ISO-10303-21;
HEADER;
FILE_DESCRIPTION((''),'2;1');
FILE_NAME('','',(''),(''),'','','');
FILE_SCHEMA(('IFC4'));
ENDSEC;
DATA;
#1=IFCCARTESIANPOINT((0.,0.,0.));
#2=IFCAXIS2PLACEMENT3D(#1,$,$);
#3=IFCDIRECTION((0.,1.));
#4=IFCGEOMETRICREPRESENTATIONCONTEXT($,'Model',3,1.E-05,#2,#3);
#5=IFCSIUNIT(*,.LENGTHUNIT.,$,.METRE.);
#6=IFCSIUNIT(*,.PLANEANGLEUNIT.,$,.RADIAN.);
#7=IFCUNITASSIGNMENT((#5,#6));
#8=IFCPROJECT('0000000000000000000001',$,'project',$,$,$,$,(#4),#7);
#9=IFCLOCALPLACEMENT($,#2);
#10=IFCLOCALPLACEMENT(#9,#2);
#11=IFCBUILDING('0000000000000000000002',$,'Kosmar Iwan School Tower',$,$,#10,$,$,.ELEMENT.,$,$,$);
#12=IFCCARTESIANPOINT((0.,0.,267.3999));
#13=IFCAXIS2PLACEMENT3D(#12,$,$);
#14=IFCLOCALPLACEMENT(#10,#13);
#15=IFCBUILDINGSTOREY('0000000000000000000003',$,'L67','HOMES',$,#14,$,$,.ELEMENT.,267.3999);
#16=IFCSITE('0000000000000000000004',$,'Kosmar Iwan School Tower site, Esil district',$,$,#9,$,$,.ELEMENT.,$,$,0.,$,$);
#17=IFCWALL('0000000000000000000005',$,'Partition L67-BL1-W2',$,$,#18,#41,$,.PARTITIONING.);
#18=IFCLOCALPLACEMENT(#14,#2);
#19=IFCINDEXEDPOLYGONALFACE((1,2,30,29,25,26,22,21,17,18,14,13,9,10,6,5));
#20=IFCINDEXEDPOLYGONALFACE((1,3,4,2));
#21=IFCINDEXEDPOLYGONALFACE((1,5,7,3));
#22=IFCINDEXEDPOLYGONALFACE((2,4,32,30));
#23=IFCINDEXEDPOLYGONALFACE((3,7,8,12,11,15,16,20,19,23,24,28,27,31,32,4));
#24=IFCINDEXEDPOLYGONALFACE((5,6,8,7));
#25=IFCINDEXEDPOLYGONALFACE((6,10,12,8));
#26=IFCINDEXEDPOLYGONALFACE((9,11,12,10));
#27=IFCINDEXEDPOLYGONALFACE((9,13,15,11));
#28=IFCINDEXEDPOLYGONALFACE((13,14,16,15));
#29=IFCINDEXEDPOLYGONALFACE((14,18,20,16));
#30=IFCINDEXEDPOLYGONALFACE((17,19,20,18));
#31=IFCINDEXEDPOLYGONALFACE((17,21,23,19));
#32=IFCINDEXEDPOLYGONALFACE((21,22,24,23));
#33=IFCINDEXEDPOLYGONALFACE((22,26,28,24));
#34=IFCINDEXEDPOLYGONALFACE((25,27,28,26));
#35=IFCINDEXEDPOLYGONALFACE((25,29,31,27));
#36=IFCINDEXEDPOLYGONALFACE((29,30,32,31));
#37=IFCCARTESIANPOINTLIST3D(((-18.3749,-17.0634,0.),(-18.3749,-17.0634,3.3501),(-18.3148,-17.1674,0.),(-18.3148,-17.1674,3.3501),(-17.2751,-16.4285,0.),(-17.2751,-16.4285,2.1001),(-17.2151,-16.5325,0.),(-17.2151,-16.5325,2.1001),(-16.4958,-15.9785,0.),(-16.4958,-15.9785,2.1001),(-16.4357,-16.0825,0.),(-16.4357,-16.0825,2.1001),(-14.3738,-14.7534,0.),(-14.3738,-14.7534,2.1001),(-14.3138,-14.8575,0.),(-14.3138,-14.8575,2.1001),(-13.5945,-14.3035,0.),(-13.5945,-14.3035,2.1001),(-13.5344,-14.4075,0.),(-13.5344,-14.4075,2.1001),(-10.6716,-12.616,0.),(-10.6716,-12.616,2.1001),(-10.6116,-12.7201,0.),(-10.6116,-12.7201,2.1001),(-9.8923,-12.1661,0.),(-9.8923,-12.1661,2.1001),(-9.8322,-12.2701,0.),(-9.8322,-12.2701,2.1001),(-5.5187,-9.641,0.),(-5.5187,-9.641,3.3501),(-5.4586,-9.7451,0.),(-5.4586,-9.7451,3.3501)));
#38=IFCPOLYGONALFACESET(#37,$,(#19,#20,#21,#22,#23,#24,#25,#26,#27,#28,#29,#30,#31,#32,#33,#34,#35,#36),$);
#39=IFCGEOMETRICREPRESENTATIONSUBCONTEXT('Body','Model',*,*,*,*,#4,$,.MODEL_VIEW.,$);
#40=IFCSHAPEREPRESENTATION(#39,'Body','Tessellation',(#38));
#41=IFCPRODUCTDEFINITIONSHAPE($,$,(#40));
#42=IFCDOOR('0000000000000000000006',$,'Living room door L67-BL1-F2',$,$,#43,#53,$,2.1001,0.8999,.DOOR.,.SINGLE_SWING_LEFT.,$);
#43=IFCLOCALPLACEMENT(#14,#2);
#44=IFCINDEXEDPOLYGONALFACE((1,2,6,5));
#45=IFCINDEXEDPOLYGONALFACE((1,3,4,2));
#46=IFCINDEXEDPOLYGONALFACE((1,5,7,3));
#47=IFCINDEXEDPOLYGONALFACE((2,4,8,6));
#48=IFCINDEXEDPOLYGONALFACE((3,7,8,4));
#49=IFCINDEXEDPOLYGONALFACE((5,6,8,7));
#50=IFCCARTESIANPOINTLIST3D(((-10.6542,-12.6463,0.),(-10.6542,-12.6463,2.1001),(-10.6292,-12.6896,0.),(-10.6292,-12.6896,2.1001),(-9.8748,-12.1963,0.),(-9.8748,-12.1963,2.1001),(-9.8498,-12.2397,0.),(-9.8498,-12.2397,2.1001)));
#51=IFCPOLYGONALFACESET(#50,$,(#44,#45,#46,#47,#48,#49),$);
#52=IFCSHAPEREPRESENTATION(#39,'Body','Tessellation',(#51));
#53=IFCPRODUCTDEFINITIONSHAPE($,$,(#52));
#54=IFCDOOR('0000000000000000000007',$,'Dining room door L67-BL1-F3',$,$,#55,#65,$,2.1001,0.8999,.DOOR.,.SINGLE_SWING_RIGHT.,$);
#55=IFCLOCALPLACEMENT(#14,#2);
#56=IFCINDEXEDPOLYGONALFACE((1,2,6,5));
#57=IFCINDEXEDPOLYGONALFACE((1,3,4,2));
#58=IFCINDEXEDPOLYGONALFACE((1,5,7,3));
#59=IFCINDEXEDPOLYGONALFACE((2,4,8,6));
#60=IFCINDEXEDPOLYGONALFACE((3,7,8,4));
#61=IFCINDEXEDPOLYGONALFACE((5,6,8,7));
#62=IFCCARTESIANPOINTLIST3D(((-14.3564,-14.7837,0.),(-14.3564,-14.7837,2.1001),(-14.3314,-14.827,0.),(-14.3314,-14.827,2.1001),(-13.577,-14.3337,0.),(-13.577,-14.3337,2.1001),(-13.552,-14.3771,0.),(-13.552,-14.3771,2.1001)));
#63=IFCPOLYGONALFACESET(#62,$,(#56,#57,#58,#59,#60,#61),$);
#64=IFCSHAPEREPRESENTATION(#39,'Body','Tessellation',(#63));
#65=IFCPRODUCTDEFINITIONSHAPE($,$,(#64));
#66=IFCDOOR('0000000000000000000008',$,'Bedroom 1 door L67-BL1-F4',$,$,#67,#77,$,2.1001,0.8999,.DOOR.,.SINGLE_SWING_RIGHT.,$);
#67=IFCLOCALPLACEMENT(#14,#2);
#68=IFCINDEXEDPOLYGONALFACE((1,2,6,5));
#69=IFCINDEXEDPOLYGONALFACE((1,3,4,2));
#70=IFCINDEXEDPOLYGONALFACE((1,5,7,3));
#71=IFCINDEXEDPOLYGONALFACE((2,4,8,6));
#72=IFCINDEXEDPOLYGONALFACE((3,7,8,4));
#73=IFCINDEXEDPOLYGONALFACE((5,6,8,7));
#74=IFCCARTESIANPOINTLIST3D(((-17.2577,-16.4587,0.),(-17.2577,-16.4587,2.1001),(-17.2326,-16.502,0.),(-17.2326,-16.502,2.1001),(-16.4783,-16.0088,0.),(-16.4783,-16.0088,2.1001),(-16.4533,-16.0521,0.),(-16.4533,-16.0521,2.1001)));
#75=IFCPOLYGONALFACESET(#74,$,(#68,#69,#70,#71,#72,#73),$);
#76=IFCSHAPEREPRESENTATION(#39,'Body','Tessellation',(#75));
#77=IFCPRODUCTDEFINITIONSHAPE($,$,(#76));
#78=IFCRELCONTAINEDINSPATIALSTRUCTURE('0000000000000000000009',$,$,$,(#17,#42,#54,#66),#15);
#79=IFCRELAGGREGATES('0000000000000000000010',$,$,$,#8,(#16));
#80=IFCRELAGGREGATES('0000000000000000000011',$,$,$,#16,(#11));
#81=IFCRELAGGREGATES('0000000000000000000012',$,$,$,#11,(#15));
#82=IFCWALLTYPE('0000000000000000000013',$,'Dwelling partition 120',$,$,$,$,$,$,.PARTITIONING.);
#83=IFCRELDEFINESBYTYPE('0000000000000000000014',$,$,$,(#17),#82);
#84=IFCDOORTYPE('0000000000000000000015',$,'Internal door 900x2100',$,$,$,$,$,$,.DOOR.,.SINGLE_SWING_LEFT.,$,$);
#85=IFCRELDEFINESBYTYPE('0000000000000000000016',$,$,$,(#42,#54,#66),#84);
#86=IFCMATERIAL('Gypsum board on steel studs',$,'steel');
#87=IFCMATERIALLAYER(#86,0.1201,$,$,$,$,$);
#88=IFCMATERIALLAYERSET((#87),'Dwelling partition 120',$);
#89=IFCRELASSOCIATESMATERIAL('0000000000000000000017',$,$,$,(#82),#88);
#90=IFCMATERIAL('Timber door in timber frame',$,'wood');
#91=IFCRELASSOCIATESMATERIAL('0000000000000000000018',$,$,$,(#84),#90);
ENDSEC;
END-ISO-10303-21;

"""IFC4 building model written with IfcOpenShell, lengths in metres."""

from ifc_helpers import new_model, si_unit, direction, frame, frame_2d, origin, place, context, subcontext, project, spatial, rectangle, extrude, material, layer, layer_set, type_object, element, fill, save


model = new_model("IFC4")

# Units and contexts
model_context = context("Model", 3, precision=1e-05, world=origin(), true_north=direction((0.0, 1.0)))
body_context = subcontext(model_context, "Body", "Model", "MODEL_VIEW")
ifc_project = project(units=[si_unit("LENGTHUNIT", "METRE"), si_unit("PLANEANGLEUNIT", "RADIAN")], contexts=[model_context])

# Site, building, storey
site_placement = place(None, origin())
site = spatial("IfcSite", under=ifc_project, at=site_placement, Name="Kosmar Iwan School Tower site, Esil district", CompositionType="ELEMENT", RefElevation=0.0)
building_placement = place(site_placement, origin())
building = spatial("IfcBuilding", under=site, at=building_placement, Name="Kosmar Iwan School Tower", CompositionType="ELEMENT")
storey_placement = place(building_placement, frame((0.0, 0.0, 267.3999)))
storey = spatial("IfcBuildingStorey", under=building, at=storey_placement, Name="L67", Description="HOMES", CompositionType="ELEMENT", Elevation=267.3999)

# Wall, openings, doors
ifc_material_1 = material(Name="Gypsum board on steel studs", Category="steel")
ifc_layer_1 = layer(ifc_material_1, 0.1201)
ifc_layer_set_1 = layer_set([ifc_layer_1], Name="Dwelling partition 120")
wall_type_1 = type_object("IfcWallType", Name="Dwelling partition 120", PredefinedType="PARTITIONING", material=ifc_layer_set_1)
ifc_material_2 = material(Name="Timber door in timber frame", Category="wood")
door_type_1 = type_object("IfcDoorType", Name="Internal door 900x2100", OperationType="SINGLE_SWING_LEFT", PredefinedType="DOOR", material=ifc_material_2)
wall_1_placement = place(storey_placement, frame((-5.4888, -9.6931, 0.0), z_axis=(0.0, 0.0, 1.0), x_axis=(-0.86603, -0.499992, 0.0)))
wall_1 = element("IfcWall", 1, at=wall_1_placement, inside=storey, type_object=wall_type_1, Name="Partition L67-BL1-W2", PredefinedType="PARTITIONING", context=body_context, shape_type="SweptSolid", body=[
    extrude(rectangle(XDim=14.845, YDim=0.1201, at=frame_2d((7.4224, 0.0))), origin(), (0.0, 0.0, 1.0), 3.3501),
])
opening_1_placement = place(wall_1_placement, frame((5.05, 0.0, 0.0)))
opening_1 = element("IfcOpeningElement", 2, at=opening_1_placement, cuts=wall_1, PredefinedType="OPENING", context=body_context, shape_type="SweptSolid", body=[
    extrude(rectangle(XDim=0.8999, YDim=2.1001, at=frame_2d((0.45, 1.05))), frame((0.0, 0.072, 0.0), z_axis=(0.0, -1.0, 0.0), x_axis=(1.0, 0.0, 0.0)), (0.0, 0.0, 1.0), 0.144),
])
opening_2_placement = place(wall_1_placement, frame((9.325, 0.0, 0.0)))
opening_2 = element("IfcOpeningElement", 3, at=opening_2_placement, cuts=wall_1, PredefinedType="OPENING", context=body_context, shape_type="SweptSolid", body=[
    extrude(rectangle(XDim=0.8999, YDim=2.1001, at=frame_2d((0.45, 1.05))), frame((0.0, 0.072, 0.0), z_axis=(0.0, -1.0, 0.0), x_axis=(1.0, 0.0, 0.0)), (0.0, 0.0, 1.0), 0.144),
])
opening_3_placement = place(wall_1_placement, frame((12.675, 0.0, 0.0)))
opening_3 = element("IfcOpeningElement", 4, at=opening_3_placement, cuts=wall_1, PredefinedType="OPENING", context=body_context, shape_type="SweptSolid", body=[
    extrude(rectangle(XDim=0.8999, YDim=2.1001, at=frame_2d((0.45, 1.05))), frame((0.0, 0.072, 0.0), z_axis=(0.0, -1.0, 0.0), x_axis=(1.0, 0.0, 0.0)), (0.0, 0.0, 1.0), 0.144),
])
door_1_placement = place(opening_1_placement, origin())
door_1 = element("IfcDoor", 5, at=door_1_placement, inside=storey, type_object=door_type_1, Name="Living room door L67-BL1-F2", OperationType="SINGLE_SWING_LEFT", OverallHeight=2.1001, OverallWidth=0.8999, PredefinedType="DOOR", context=body_context, shape_type="SweptSolid", body=[
    extrude(rectangle(XDim=0.8999, YDim=2.1001, at=frame_2d((0.45, 1.05))), frame((0.0, 0.0249, 0.0), z_axis=(0.0, -1.0, 0.0), x_axis=(1.0, 0.0, 0.0)), (0.0, 0.0, 1.0), 0.05),
])
fill(opening_1, door_1)
door_2_placement = place(opening_2_placement, origin())
door_2 = element("IfcDoor", 6, at=door_2_placement, inside=storey, type_object=door_type_1, Name="Dining room door L67-BL1-F3", OperationType="SINGLE_SWING_RIGHT", OverallHeight=2.1001, OverallWidth=0.8999, PredefinedType="DOOR", context=body_context, shape_type="SweptSolid", body=[
    extrude(rectangle(XDim=0.8999, YDim=2.1001, at=frame_2d((0.45, 1.05))), frame((0.0, 0.0249, 0.0), z_axis=(0.0, -1.0, 0.0), x_axis=(1.0, 0.0, 0.0)), (0.0, 0.0, 1.0), 0.05),
])
fill(opening_2, door_2)
door_3_placement = place(opening_3_placement, origin())
door_3 = element("IfcDoor", 7, at=door_3_placement, inside=storey, type_object=door_type_1, Name="Bedroom 1 door L67-BL1-F4", OperationType="SINGLE_SWING_RIGHT", OverallHeight=2.1001, OverallWidth=0.8999, PredefinedType="DOOR", context=body_context, shape_type="SweptSolid", body=[
    extrude(rectangle(XDim=0.8999, YDim=2.1001, at=frame_2d((0.45, 1.05))), frame((0.0, 0.0249, 0.0), z_axis=(0.0, -1.0, 0.0), x_axis=(1.0, 0.0, 0.0)), (0.0, 0.0, 1.0), 0.05),
])
fill(opening_3, door_3)

save(model, "model.ifc")
